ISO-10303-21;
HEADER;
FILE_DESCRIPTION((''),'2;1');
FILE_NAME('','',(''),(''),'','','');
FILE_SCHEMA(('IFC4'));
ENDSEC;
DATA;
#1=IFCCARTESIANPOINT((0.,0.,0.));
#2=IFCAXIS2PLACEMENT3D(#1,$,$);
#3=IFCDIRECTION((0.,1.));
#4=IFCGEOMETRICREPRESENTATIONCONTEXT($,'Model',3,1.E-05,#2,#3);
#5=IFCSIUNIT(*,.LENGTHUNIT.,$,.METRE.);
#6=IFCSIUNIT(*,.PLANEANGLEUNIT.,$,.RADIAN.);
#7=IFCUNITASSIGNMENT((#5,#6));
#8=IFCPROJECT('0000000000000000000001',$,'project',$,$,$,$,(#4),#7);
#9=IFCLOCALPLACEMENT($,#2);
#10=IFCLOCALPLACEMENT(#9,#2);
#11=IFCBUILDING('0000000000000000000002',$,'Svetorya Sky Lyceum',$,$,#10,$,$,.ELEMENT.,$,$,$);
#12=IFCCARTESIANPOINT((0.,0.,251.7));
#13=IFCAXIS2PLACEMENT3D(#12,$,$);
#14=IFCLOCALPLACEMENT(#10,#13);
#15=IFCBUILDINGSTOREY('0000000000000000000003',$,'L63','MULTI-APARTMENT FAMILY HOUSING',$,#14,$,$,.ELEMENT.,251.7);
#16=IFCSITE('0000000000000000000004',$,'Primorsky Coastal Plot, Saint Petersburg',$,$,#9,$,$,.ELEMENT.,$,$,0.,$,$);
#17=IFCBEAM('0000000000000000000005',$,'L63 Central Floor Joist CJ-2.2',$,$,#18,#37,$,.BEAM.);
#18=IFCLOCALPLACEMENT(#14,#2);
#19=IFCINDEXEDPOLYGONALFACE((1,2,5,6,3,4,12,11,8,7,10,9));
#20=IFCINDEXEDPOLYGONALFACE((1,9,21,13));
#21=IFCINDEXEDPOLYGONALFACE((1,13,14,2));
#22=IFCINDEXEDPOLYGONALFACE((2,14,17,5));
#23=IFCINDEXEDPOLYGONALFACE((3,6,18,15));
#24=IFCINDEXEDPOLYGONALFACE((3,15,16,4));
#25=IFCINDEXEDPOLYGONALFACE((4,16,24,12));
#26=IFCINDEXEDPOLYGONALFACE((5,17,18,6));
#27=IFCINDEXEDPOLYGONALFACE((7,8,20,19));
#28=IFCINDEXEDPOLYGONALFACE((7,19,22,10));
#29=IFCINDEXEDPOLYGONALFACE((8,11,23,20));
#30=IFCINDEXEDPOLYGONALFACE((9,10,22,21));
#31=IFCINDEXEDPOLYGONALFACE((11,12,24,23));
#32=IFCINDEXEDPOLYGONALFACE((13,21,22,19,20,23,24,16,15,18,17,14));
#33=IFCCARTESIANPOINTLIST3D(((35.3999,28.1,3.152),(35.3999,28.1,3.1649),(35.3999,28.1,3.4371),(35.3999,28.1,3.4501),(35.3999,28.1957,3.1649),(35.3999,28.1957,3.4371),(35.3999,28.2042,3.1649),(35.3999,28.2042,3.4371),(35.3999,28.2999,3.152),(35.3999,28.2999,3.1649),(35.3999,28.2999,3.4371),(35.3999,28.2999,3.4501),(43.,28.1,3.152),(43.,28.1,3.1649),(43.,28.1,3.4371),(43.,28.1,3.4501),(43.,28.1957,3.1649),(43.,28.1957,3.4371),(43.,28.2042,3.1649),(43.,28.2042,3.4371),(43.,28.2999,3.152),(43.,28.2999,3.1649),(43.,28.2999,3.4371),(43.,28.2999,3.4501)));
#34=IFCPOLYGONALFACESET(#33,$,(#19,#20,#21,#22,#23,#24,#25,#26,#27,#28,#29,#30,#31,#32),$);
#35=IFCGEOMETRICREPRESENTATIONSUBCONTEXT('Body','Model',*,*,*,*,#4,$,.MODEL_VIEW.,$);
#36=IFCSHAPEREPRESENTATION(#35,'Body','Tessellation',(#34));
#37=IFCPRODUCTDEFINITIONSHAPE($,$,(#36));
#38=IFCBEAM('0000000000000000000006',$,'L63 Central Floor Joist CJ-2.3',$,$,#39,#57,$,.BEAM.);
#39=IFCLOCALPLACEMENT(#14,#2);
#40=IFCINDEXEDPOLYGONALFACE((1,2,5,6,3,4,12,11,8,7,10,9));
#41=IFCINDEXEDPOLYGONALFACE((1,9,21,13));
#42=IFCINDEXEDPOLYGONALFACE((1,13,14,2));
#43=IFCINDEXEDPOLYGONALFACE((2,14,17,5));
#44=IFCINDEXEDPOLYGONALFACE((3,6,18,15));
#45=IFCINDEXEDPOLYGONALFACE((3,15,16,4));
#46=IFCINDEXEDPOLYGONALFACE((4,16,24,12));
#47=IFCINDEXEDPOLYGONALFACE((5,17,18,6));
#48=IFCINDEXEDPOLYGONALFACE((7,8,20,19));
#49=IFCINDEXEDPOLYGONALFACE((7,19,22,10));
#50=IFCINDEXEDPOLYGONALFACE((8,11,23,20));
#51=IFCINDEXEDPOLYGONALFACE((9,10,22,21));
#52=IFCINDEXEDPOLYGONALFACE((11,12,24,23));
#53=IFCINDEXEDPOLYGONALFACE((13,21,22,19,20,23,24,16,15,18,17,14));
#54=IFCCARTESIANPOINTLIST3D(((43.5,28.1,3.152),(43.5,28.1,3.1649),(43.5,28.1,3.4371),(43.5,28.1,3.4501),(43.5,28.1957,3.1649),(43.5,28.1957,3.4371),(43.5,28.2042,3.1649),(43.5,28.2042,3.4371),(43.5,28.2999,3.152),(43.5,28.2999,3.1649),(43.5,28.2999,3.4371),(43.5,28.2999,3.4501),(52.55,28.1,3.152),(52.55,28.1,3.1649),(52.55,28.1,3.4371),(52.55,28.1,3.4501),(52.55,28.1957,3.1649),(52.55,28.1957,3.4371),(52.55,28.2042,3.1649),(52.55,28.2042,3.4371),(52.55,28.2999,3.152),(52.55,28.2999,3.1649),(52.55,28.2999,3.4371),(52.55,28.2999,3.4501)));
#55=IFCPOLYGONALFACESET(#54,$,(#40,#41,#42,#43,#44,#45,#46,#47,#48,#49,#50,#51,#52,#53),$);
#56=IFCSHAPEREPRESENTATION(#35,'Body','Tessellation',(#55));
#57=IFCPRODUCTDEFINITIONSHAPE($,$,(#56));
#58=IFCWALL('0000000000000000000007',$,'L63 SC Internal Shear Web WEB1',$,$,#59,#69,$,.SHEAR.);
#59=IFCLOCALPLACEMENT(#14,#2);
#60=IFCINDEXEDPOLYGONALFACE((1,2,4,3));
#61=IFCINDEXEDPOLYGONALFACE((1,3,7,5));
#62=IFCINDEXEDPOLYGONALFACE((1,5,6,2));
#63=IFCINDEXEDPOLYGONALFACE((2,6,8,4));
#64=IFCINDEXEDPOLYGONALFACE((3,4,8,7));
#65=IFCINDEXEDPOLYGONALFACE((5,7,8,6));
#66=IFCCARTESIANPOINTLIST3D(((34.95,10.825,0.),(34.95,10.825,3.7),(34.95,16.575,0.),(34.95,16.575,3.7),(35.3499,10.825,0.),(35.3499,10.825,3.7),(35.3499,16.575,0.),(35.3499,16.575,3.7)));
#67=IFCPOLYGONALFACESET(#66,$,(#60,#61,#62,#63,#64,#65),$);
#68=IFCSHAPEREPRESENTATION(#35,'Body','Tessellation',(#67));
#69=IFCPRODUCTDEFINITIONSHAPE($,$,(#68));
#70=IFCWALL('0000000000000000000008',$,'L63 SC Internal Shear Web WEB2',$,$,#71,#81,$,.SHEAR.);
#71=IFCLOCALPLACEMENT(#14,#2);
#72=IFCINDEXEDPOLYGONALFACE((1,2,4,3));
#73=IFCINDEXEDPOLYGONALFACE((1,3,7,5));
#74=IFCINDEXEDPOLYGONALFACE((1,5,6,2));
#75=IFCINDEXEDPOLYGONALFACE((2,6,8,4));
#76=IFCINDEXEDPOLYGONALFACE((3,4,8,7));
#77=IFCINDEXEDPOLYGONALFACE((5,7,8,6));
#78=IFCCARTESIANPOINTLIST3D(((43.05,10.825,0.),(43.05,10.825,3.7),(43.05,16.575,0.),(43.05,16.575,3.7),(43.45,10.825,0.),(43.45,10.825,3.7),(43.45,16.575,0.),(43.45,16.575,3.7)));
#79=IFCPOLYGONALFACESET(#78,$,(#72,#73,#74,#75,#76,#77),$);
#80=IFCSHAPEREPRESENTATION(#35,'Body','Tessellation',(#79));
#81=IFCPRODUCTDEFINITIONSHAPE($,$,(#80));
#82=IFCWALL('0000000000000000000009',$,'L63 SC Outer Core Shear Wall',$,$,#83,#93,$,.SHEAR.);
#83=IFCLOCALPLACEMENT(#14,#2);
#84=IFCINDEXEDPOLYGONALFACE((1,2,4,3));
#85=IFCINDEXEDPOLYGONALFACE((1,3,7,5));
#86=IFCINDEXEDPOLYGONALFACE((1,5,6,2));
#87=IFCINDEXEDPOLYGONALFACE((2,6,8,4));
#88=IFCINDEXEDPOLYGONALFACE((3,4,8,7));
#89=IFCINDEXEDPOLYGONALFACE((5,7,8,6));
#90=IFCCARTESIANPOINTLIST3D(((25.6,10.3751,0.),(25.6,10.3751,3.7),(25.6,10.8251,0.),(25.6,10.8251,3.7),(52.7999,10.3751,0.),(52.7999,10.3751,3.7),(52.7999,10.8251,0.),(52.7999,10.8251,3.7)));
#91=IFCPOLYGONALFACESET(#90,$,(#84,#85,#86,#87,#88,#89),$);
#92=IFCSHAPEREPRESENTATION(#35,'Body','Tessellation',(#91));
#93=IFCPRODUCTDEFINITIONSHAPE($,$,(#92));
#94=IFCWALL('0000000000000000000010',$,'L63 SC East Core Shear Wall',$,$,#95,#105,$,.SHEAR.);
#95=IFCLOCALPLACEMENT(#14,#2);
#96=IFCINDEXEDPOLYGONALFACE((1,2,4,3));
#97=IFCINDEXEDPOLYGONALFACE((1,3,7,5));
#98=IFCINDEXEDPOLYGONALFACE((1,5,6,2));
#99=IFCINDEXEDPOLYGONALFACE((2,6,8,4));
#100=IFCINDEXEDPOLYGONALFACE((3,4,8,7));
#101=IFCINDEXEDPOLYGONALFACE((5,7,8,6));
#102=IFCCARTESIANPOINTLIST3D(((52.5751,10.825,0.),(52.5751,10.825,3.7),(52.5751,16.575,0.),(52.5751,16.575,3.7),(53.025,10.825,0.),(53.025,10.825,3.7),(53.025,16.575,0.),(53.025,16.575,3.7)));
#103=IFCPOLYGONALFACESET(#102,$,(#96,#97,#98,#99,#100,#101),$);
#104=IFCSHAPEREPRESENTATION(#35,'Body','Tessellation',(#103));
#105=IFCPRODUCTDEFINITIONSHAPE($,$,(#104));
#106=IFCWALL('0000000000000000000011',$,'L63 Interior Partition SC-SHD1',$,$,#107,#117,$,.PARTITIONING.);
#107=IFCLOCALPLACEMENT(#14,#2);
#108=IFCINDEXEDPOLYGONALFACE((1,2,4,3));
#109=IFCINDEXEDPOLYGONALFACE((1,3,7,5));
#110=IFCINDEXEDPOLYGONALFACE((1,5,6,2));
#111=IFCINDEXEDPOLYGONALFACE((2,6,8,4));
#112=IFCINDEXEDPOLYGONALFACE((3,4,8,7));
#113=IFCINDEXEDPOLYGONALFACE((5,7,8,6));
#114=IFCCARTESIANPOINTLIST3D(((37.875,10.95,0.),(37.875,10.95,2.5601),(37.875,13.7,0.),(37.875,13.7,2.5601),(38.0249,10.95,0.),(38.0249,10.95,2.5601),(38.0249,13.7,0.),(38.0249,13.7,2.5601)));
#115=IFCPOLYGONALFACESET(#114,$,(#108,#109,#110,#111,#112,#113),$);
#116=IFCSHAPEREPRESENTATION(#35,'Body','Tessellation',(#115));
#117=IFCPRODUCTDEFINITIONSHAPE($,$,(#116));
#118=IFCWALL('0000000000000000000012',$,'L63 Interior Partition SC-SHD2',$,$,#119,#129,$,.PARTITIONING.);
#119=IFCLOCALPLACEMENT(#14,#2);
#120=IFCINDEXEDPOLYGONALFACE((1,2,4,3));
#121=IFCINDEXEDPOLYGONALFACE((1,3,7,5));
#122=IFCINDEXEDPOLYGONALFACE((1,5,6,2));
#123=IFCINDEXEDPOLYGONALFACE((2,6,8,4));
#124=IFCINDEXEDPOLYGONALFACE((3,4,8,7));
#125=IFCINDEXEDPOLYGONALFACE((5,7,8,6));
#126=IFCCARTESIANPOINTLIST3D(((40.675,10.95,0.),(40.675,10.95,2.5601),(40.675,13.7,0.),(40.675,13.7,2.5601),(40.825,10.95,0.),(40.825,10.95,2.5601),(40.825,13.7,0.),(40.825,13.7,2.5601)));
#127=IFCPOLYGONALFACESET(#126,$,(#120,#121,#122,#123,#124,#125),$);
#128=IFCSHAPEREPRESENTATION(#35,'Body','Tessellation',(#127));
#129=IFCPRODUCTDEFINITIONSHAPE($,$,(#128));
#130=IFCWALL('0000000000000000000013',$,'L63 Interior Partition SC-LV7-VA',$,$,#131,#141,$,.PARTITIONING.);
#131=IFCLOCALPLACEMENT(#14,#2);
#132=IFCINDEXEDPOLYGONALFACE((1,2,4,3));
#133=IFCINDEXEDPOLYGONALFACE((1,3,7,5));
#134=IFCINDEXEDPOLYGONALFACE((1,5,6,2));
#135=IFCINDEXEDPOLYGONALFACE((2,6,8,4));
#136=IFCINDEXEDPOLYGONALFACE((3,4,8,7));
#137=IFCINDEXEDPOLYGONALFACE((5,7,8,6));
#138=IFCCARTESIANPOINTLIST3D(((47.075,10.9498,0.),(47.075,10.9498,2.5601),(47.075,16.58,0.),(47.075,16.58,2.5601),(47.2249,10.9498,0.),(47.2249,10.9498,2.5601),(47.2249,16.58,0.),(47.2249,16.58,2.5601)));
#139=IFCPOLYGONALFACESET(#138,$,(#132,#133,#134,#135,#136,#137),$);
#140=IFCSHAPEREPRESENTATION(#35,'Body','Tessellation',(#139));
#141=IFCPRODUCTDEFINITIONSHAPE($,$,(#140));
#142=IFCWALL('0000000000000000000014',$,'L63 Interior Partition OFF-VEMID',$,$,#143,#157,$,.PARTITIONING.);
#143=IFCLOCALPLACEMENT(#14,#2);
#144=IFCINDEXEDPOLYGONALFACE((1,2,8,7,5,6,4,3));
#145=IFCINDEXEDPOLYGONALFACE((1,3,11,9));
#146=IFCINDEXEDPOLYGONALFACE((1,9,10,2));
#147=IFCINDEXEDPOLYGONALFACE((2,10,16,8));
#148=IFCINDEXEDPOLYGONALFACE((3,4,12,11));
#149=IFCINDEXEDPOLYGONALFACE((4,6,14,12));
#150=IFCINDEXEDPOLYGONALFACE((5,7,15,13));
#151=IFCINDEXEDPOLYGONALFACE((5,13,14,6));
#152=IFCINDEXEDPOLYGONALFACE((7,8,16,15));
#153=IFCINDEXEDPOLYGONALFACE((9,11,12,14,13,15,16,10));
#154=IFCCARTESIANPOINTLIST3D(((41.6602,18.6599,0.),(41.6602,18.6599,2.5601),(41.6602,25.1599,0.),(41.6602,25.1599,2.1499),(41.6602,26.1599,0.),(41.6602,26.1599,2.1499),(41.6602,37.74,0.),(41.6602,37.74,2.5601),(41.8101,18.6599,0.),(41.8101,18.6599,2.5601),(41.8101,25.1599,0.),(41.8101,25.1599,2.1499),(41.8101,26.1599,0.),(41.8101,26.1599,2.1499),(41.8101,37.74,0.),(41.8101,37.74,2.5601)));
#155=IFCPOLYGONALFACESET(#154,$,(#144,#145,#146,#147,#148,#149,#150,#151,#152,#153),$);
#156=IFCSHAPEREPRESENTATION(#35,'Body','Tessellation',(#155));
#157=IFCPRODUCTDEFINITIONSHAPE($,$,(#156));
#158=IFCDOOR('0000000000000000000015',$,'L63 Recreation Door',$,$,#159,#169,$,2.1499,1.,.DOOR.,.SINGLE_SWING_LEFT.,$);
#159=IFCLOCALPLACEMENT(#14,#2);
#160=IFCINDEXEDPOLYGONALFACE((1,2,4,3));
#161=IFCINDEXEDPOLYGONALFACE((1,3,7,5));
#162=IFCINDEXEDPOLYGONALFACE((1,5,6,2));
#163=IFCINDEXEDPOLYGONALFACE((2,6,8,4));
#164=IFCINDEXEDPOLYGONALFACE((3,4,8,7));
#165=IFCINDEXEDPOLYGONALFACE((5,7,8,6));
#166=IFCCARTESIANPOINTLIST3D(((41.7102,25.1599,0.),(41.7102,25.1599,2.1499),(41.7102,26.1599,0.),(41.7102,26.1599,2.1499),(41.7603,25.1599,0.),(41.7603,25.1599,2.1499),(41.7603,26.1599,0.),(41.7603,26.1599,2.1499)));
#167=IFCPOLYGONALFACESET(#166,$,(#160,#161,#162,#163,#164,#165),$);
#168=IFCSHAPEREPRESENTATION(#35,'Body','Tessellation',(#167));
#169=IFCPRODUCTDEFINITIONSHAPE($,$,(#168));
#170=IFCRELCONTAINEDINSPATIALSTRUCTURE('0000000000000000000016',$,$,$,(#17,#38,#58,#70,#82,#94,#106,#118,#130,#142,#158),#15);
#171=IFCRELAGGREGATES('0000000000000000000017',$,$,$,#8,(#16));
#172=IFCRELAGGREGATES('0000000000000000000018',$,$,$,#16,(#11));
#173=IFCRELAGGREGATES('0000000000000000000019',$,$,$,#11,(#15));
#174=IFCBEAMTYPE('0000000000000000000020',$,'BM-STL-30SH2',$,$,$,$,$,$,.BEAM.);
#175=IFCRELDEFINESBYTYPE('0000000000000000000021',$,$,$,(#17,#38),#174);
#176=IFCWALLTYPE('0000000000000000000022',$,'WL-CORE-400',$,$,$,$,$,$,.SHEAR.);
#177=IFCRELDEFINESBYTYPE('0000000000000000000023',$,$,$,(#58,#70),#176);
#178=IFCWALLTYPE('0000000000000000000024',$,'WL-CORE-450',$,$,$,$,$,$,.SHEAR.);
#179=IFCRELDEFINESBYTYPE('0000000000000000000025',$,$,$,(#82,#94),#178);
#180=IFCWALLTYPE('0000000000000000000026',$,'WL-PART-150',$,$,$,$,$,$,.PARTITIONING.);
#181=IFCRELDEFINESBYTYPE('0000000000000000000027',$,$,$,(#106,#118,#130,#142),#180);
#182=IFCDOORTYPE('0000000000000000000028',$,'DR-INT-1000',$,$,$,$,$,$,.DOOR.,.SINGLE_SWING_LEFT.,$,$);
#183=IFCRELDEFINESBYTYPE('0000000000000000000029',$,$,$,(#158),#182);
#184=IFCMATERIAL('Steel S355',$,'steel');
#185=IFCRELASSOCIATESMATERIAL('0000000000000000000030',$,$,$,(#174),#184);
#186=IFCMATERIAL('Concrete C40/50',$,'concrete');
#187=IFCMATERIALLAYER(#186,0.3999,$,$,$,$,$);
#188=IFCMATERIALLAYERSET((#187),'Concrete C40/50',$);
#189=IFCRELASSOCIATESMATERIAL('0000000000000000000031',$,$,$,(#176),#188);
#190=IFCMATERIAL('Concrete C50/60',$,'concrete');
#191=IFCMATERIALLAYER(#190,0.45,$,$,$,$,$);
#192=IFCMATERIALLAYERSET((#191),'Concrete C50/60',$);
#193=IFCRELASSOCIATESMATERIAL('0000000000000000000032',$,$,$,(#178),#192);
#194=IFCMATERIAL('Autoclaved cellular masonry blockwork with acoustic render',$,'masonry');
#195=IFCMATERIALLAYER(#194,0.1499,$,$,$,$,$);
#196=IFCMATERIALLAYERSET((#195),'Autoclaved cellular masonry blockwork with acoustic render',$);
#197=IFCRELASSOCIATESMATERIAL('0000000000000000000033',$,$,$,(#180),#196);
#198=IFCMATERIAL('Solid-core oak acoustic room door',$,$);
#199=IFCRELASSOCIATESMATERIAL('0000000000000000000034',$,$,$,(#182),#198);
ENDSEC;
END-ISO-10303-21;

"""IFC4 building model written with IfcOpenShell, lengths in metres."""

from ifc_helpers import new_model, si_unit, direction, frame, frame_2d, origin, origin_2d, place, context, subcontext, project, spatial, rectangle, i_section, extrude, material, layer, layer_set, material_profile, profile_set, type_object, element, fill, save


model = new_model("IFC4")

# Units and contexts
model_context = context("Model", 3, precision=1e-05, world=origin(), true_north=direction((0.0, 1.0)))
body_context = subcontext(model_context, "Body", "Model", "MODEL_VIEW")
ifc_project = project(units=[si_unit("LENGTHUNIT", "METRE"), si_unit("PLANEANGLEUNIT", "RADIAN")], contexts=[model_context])

# Site, building, storey
site_placement = place(None, origin())
site = spatial("IfcSite", under=ifc_project, at=site_placement, Name="Primorsky Coastal Plot, Saint Petersburg", CompositionType="ELEMENT", RefElevation=0.0)
building_placement = place(site_placement, origin())
building = spatial("IfcBuilding", under=site, at=building_placement, Name="Svetorya Sky Lyceum", CompositionType="ELEMENT")
storey_placement = place(building_placement, frame((0.0, 0.0, 251.7)))
storey = spatial("IfcBuildingStorey", under=building, at=storey_placement, Name="L63", Description="MULTI-APARTMENT FAMILY HOUSING", CompositionType="ELEMENT", Elevation=251.7)

# Shared definitions
ifc_material_1 = material(Name="Concrete C50/60", Category="concrete")

# Beams
ifc_material_2 = material(Name="Steel S355", Category="steel")
ifc_material_profile_1 = material_profile(ifc_material_2, i_section(OverallWidth=0.2, OverallDepth=0.2981, WebThickness=0.0085, FlangeThickness=0.0129, at=origin_2d()), Name="GOST 30Sh2")
ifc_profile_set_1 = profile_set([ifc_material_profile_1], Name="Steel S355")
beam_type_1 = type_object("IfcBeamType", Name="BM-STL-30SH2", PredefinedType="BEAM", material=ifc_profile_set_1)
beam_1_placement = place(storey_placement, frame((35.3999, 28.2, 3.301), z_axis=(1.0, 0.0, 0.0), x_axis=(0.0, 1.0, 0.0)))
element("IfcBeam", 1, at=beam_1_placement, inside=storey, type_object=beam_type_1, Name="L63 Central Floor Joist CJ-2.2", PredefinedType="BEAM", context=body_context, shape_type="SweptSolid", body=[
    extrude(i_section(OverallWidth=0.2, OverallDepth=0.2981, WebThickness=0.0085, FlangeThickness=0.0129, at=origin_2d()), origin(), (0.0, 0.0, 1.0), 7.6001),
])
beam_2_placement = place(storey_placement, frame((43.5, 28.2, 3.301), z_axis=(1.0, 0.0, 0.0), x_axis=(0.0, 1.0, 0.0)))
element("IfcBeam", 2, at=beam_2_placement, inside=storey, type_object=beam_type_1, Name="L63 Central Floor Joist CJ-2.3", PredefinedType="BEAM", context=body_context, shape_type="SweptSolid", body=[
    extrude(i_section(OverallWidth=0.2, OverallDepth=0.2981, WebThickness=0.0085, FlangeThickness=0.0129, at=origin_2d()), origin(), (0.0, 0.0, 1.0), 9.05),
])

# Walls
ifc_material_3 = material(Name="Concrete C40/50", Category="concrete")
ifc_layer_1 = layer(ifc_material_3, 0.3999)
ifc_layer_set_1 = layer_set([ifc_layer_1], Name="Concrete C40/50")
wall_type_1 = type_object("IfcWallType", Name="WL-CORE-400", PredefinedType="SHEAR", material=ifc_layer_set_1)
for number, where, z_axis, x_axis, name in (
    (3, (35.1499, 10.825, 0.0), (0.0, 0.0, 1.0), (0.0, 1.0, 0.0), "L63 SC Internal Shear Web WEB1"),
    (4, (43.25, 10.825, 0.0), (0.0, 0.0, 1.0), (0.0, 1.0, 0.0), "L63 SC Internal Shear Web WEB2"),
):
    element("IfcWall", number, at=place(storey_placement, frame(where, z_axis=z_axis, x_axis=x_axis)), inside=storey, type_object=wall_type_1, Name=name, PredefinedType="SHEAR", context=body_context, shape_type="SweptSolid", body=[
        extrude(rectangle(XDim=5.75, YDim=0.3999, at=frame_2d((2.875, 0.0))), origin(), (0.0, 0.0, 1.0), 3.7),
    ])
ifc_layer_2 = layer(ifc_material_1, 0.45)
ifc_layer_set_2 = layer_set([ifc_layer_2], Name="Concrete C50/60")
wall_type_2 = type_object("IfcWallType", Name="WL-CORE-450", PredefinedType="SHEAR", material=ifc_layer_set_2)
wall_1_placement = place(storey_placement, frame((52.8, 10.6001, 0.0), z_axis=(0.0, 0.0, 1.0), x_axis=(-1.0, 0.0, 0.0)))
element("IfcWall", 5, at=wall_1_placement, inside=storey, type_object=wall_type_2, Name="L63 SC Outer Core Shear Wall", PredefinedType="SHEAR", context=body_context, shape_type="SweptSolid", body=[
    extrude(rectangle(XDim=27.2, YDim=0.45, at=frame_2d((13.6001, 0.0))), origin(), (0.0, 0.0, 1.0), 3.7),
])
wall_2_placement = place(storey_placement, frame((52.8, 10.825, 0.0), z_axis=(0.0, 0.0, 1.0), x_axis=(0.0, 1.0, 0.0)))
element("IfcWall", 6, at=wall_2_placement, inside=storey, type_object=wall_type_2, Name="L63 SC East Core Shear Wall", PredefinedType="SHEAR", context=body_context, shape_type="SweptSolid", body=[
    extrude(rectangle(XDim=5.75, YDim=0.45, at=frame_2d((2.875, 0.0))), origin(), (0.0, 0.0, 1.0), 3.7),
])
ifc_material_4 = material(Name="Autoclaved cellular masonry blockwork with acoustic render", Category="masonry")
ifc_layer_3 = layer(ifc_material_4, 0.1499)
ifc_layer_set_3 = layer_set([ifc_layer_3], Name="Autoclaved cellular masonry blockwork with acoustic render")
wall_type_3 = type_object("IfcWallType", Name="WL-PART-150", PredefinedType="PARTITIONING", material=ifc_layer_set_3)
for number, where, z_axis, x_axis, name in (
    (7, (37.95, 10.95, 0.0), (0.0, 0.0, 1.0), (0.0, 1.0, 0.0), "L63 Interior Partition SC-SHD1"),
    (8, (40.75, 10.95, 0.0), (0.0, 0.0, 1.0), (0.0, 1.0, 0.0), "L63 Interior Partition SC-SHD2"),
):
    element("IfcWall", number, at=place(storey_placement, frame(where, z_axis=z_axis, x_axis=x_axis)), inside=storey, type_object=wall_type_3, Name=name, PredefinedType="PARTITIONING", context=body_context, shape_type="SweptSolid", body=[
        extrude(rectangle(XDim=2.75, YDim=0.1499, at=frame_2d((1.375, 0.0))), origin(), (0.0, 0.0, 1.0), 2.5601),
    ])
wall_3_placement = place(storey_placement, frame((47.1499, 10.95, 0.0), z_axis=(0.0, 0.0, 1.0), x_axis=(0.0, 1.0, 0.0)))
element("IfcWall", 9, at=wall_3_placement, inside=storey, type_object=wall_type_3, Name="L63 Interior Partition SC-LV7-VA", PredefinedType="PARTITIONING", context=body_context, shape_type="SweptSolid", body=[
    extrude(rectangle(XDim=5.6301, YDim=0.1499, at=frame_2d((2.8149, 0.0))), origin(), (0.0, 0.0, 1.0), 2.5601),
])

# Wall, opening, door
wall_4_placement = place(storey_placement, frame((41.7351, 18.6599, 0.0), z_axis=(0.0, 0.0, 1.0), x_axis=(0.0, 1.0, 0.0)))
wall_4 = element("IfcWall", 10, at=wall_4_placement, inside=storey, type_object=wall_type_3, Name="L63 Interior Partition OFF-VEMID", PredefinedType="PARTITIONING", context=body_context, shape_type="SweptSolid", body=[
    extrude(rectangle(XDim=19.0801, YDim=0.1499, at=frame_2d((9.54, 0.0))), origin(), (0.0, 0.0, 1.0), 2.5601),
])
opening_1_placement = place(wall_4_placement, frame((6.5, 0.0, 0.0)))
opening_1 = element("IfcOpeningElement", 11, at=opening_1_placement, cuts=wall_4, PredefinedType="OPENING", context=body_context, shape_type="SweptSolid", body=[
    extrude(rectangle(XDim=1.0, YDim=2.1499, at=frame_2d((0.5, 1.075))), frame((0.0, 0.085, 0.0), z_axis=(0.0, -1.0, 0.0), x_axis=(1.0, 0.0, 0.0)), (0.0, 0.0, 1.0), 0.1699),
])
ifc_material_5 = material(Name="Solid-core oak acoustic room door")
door_type_1 = type_object("IfcDoorType", Name="DR-INT-1000", OperationType="SINGLE_SWING_LEFT", PredefinedType="DOOR", material=ifc_material_5)
door_1_placement = place(opening_1_placement, origin())
door_1 = element("IfcDoor", 12, at=door_1_placement, inside=storey, type_object=door_type_1, Name="L63 Recreation Door", OperationType="SINGLE_SWING_LEFT", OverallHeight=2.1499, OverallWidth=1.0, PredefinedType="DOOR", context=body_context, shape_type="SweptSolid", body=[
    extrude(rectangle(XDim=1.0, YDim=2.1499, at=frame_2d((0.5, 1.075))), frame((0.0, 0.0249, 0.0), z_axis=(0.0, -1.0, 0.0), x_axis=(1.0, 0.0, 0.0)), (0.0, 0.0, 1.0), 0.05),
])
fill(opening_1, door_1)

save(model, "model.ifc")
